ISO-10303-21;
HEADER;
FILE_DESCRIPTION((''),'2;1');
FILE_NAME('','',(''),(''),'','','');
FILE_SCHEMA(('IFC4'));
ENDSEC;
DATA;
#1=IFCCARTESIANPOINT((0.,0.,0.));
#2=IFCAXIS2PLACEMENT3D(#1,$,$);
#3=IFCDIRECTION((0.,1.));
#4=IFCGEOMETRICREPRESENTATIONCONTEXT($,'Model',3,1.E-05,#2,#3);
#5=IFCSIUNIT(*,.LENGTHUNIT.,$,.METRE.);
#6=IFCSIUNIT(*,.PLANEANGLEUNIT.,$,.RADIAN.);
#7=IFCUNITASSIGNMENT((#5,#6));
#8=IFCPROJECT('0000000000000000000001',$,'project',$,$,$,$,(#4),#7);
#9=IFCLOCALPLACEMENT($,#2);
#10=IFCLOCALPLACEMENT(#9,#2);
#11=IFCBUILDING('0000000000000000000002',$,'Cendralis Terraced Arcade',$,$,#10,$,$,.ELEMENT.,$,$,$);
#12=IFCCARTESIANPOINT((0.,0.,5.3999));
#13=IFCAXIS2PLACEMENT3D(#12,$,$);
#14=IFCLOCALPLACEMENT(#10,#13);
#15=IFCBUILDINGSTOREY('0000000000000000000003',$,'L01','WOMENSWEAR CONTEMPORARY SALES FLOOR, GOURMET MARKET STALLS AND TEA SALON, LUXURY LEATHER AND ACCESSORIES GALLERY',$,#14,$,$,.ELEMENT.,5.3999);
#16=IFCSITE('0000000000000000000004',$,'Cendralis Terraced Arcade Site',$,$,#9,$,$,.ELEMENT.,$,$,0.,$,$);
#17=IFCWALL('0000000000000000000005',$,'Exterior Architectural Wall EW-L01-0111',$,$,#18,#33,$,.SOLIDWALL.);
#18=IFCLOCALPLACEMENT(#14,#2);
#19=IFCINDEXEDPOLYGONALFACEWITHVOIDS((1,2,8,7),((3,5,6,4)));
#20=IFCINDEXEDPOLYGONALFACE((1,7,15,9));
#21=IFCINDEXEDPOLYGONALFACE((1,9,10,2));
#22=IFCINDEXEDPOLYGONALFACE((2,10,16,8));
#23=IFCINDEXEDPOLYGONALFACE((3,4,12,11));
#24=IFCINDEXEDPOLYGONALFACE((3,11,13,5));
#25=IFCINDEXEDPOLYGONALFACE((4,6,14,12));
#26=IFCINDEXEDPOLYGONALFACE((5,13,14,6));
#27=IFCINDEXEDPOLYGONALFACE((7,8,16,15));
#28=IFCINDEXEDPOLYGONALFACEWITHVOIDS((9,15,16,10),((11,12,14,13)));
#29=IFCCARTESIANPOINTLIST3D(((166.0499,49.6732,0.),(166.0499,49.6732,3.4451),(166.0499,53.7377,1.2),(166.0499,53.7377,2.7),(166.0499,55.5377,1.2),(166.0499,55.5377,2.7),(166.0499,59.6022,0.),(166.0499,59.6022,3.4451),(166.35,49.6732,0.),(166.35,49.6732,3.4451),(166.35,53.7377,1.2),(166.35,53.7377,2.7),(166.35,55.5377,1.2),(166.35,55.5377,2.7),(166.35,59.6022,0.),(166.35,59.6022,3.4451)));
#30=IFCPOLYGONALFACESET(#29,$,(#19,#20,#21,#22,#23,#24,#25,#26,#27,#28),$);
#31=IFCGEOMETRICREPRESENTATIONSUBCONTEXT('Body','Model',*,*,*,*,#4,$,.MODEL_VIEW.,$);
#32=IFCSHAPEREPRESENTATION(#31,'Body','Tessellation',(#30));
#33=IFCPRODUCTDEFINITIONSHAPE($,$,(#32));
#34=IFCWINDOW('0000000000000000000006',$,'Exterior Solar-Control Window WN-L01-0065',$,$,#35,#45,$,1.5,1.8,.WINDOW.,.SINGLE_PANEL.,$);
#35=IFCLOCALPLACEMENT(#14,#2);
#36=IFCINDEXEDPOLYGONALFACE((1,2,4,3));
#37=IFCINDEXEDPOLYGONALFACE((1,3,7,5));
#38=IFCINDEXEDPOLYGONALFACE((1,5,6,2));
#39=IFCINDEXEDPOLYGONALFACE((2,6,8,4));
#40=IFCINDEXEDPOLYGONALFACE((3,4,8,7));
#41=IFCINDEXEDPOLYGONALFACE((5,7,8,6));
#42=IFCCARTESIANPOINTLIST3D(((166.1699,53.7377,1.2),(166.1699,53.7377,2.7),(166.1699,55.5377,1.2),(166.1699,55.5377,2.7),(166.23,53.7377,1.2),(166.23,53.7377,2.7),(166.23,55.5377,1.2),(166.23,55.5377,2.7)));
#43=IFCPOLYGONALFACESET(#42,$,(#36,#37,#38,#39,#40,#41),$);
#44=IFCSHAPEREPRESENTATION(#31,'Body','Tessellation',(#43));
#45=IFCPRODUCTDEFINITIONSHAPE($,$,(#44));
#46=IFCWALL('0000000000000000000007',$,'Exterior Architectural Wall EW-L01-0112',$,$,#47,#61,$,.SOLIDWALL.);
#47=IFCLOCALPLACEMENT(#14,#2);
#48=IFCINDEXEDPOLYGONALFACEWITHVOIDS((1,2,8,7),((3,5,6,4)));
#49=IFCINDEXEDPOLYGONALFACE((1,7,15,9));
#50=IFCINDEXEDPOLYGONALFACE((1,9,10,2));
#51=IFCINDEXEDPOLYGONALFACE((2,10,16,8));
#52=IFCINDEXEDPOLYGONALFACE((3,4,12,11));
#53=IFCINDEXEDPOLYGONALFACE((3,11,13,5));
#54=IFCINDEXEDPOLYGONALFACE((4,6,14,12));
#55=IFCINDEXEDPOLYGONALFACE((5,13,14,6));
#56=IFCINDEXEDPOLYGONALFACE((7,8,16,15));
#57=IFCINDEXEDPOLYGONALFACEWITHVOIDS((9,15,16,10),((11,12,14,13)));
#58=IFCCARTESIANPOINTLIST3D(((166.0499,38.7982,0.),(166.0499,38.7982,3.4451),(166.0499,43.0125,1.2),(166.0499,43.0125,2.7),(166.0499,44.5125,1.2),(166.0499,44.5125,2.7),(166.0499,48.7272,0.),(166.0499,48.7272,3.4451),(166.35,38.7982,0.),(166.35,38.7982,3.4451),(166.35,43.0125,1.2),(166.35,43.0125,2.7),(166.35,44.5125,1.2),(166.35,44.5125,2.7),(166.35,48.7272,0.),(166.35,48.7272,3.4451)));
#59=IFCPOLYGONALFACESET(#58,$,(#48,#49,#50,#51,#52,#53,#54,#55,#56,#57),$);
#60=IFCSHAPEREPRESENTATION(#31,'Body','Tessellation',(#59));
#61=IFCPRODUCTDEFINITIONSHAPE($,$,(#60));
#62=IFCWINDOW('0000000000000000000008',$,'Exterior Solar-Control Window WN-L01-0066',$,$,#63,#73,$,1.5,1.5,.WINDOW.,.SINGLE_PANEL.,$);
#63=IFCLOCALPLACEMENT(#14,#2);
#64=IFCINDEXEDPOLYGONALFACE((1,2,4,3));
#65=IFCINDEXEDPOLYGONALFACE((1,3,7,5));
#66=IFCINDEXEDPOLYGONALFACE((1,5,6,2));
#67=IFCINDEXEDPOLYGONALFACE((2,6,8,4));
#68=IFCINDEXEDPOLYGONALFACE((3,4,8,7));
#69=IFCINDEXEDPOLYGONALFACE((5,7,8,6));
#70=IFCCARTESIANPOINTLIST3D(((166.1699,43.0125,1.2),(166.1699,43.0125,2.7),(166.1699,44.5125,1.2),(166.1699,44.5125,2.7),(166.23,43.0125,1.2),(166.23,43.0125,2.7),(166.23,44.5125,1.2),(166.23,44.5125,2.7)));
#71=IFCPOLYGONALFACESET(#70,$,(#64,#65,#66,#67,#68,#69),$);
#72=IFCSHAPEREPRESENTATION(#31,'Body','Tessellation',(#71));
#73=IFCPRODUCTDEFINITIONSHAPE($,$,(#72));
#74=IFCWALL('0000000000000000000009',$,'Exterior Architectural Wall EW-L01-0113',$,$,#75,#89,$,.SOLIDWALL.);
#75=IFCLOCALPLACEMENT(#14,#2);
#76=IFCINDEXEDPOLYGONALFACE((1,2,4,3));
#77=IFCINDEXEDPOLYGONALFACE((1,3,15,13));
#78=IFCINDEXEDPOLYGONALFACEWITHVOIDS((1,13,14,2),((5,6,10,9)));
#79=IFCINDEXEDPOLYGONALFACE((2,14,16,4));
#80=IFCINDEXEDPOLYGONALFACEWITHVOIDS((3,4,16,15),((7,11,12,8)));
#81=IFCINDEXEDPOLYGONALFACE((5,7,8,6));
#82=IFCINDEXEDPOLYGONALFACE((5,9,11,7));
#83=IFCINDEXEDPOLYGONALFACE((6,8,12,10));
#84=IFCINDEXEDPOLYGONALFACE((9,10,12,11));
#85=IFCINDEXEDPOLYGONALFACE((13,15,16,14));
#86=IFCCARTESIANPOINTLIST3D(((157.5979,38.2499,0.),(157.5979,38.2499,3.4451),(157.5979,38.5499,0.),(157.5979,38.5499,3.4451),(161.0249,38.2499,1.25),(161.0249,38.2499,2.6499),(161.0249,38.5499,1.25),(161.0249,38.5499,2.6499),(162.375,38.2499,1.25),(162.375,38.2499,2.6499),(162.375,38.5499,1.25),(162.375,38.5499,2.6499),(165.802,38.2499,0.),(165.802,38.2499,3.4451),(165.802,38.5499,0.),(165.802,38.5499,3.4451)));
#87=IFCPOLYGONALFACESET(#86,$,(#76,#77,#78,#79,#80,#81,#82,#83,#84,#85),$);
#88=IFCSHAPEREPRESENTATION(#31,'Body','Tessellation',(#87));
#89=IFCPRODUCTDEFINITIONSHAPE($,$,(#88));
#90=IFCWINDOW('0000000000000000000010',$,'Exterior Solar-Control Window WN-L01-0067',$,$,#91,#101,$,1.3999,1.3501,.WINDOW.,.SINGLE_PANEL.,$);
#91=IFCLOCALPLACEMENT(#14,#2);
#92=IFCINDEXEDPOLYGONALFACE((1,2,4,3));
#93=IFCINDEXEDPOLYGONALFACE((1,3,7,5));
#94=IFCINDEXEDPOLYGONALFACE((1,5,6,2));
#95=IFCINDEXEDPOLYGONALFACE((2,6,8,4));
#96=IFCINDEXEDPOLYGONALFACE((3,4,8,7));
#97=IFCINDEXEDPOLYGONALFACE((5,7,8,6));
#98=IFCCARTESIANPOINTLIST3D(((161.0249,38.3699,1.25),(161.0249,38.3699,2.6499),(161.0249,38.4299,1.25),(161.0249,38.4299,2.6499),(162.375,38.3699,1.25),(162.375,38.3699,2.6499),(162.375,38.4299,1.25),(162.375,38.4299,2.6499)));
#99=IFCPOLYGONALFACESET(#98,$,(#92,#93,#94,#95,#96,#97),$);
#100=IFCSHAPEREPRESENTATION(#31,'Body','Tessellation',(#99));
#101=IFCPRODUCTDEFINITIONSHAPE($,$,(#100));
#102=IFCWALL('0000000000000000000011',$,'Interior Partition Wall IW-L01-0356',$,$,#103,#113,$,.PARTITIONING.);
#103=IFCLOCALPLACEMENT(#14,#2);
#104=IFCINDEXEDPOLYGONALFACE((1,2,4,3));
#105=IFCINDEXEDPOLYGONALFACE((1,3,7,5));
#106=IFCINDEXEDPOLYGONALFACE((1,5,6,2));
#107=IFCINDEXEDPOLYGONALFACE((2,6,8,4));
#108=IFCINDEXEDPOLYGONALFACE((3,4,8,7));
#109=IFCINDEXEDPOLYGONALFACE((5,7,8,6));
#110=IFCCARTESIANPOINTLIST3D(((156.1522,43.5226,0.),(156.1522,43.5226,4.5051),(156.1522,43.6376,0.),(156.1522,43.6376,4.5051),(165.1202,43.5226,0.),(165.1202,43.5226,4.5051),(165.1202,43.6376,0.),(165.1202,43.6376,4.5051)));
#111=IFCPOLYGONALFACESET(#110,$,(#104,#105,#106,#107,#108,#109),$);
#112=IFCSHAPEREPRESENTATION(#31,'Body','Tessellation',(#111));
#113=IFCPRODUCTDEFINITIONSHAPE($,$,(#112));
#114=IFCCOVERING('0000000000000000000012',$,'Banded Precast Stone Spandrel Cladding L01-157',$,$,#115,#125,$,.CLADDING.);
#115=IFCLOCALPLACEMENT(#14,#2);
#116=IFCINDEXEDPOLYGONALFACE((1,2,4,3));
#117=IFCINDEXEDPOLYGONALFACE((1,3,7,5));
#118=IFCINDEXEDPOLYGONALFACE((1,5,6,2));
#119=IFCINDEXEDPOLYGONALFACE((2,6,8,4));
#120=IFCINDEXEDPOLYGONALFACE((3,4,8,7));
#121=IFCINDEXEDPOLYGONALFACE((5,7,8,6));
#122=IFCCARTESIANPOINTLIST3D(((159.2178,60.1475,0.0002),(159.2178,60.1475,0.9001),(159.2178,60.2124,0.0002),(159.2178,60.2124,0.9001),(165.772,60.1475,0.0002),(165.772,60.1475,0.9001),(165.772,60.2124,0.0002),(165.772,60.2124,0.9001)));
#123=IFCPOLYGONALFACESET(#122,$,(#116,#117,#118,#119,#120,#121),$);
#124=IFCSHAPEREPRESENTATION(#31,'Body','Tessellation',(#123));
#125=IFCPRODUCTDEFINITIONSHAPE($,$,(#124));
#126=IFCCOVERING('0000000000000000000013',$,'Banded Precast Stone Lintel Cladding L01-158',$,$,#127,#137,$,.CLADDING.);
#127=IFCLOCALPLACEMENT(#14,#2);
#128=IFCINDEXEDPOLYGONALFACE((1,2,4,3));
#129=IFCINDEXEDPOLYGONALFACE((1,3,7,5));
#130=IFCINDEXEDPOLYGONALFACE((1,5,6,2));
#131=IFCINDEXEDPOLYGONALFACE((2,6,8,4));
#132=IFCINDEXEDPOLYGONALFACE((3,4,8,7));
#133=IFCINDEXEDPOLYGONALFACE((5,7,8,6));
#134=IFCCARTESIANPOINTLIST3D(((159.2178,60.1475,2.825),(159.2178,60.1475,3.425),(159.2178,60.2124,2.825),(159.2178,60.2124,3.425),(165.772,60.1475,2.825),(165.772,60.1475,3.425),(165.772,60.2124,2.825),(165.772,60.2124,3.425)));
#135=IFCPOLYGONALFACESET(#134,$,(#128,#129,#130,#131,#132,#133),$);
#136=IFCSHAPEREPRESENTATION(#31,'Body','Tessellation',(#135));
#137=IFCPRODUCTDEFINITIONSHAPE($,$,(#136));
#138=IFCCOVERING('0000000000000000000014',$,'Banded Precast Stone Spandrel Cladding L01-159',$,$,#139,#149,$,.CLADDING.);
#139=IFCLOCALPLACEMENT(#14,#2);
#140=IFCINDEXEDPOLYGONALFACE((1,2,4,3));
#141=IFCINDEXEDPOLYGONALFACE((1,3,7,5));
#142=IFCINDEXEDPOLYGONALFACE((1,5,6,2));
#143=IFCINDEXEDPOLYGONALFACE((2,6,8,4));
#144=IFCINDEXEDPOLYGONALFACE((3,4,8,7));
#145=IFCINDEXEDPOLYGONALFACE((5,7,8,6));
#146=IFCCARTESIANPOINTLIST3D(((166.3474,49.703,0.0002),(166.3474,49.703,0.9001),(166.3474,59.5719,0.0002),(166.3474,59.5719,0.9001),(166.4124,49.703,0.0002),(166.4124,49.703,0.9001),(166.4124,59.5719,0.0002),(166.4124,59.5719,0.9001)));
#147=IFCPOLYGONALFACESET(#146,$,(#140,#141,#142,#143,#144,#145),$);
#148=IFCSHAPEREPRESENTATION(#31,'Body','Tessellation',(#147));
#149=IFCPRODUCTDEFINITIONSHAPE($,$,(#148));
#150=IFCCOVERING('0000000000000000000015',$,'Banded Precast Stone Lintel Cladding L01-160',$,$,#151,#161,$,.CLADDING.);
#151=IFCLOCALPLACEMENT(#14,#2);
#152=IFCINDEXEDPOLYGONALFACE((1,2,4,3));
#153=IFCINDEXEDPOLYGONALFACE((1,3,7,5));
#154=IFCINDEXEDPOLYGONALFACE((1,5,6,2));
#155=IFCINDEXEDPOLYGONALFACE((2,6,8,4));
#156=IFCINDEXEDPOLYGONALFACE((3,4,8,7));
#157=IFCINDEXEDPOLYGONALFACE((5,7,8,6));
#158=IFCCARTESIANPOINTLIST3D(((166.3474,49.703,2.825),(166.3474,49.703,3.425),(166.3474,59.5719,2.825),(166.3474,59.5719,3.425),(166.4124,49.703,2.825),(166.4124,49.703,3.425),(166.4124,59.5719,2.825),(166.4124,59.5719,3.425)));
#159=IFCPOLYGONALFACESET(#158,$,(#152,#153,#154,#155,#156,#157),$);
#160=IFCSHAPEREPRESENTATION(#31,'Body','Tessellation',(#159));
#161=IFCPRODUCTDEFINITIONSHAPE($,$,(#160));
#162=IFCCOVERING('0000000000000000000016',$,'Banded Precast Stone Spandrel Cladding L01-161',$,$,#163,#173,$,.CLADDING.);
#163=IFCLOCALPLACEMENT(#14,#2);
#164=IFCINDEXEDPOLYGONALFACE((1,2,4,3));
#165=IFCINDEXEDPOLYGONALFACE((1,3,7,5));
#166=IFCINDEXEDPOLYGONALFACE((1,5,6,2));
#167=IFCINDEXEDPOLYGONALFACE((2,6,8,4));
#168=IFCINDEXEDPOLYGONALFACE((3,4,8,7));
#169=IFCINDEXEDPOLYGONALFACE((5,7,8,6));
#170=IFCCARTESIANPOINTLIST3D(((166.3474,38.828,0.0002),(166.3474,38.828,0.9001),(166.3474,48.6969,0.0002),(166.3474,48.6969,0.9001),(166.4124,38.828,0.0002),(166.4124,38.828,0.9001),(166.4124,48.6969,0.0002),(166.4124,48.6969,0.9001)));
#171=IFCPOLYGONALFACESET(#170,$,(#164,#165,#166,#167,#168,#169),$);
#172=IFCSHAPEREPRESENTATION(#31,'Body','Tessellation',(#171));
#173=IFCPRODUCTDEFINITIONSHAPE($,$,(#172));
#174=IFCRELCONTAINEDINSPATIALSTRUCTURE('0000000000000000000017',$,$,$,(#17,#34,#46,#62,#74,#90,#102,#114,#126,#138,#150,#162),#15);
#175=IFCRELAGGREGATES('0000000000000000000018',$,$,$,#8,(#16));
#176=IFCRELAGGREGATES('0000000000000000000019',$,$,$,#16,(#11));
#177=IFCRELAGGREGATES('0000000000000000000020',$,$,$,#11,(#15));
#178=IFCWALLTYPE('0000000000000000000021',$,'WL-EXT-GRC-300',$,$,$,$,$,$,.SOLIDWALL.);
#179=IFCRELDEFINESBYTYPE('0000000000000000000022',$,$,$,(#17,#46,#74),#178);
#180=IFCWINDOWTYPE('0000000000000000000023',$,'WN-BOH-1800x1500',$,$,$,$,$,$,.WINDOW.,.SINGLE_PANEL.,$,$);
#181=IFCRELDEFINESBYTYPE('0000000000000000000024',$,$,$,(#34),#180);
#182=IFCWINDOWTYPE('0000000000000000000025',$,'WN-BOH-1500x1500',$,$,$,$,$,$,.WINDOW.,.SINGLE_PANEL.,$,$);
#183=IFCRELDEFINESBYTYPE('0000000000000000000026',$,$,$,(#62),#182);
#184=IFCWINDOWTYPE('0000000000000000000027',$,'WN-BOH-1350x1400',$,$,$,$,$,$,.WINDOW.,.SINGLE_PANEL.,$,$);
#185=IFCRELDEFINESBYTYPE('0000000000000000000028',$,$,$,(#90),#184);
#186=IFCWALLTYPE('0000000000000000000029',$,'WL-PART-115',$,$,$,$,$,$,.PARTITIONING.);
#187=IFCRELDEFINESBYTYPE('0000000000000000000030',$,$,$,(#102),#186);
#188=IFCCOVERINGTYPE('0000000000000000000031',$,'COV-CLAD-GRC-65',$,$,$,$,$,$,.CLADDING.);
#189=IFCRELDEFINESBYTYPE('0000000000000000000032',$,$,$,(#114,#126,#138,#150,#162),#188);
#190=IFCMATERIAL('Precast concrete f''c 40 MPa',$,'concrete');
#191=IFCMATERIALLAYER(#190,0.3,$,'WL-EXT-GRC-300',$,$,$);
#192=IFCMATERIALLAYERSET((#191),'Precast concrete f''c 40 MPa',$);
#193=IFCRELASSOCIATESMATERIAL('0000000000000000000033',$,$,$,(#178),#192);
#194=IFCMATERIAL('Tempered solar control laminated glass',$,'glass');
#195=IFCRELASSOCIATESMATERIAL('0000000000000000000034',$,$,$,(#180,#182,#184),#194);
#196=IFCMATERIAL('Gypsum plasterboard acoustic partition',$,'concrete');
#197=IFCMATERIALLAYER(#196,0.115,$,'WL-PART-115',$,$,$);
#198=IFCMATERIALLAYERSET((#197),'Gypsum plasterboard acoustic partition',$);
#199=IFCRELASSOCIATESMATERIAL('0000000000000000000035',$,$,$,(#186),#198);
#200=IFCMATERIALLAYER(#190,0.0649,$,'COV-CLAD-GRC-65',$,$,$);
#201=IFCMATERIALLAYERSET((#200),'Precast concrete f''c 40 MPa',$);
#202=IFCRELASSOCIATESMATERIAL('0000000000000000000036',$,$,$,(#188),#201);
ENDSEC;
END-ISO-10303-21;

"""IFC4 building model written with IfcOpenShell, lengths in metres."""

from ifc_helpers import new_model, si_unit, direction, frame, frame_2d, origin, origin_2d, place, context, subcontext, project, spatial, rectangle, extrude, material, layer, layer_set, type_object, element, fill, save


model = new_model("IFC4")

# Units and contexts
model_context = context("Model", 3, precision=1e-05, world=origin(), true_north=direction((0.0, 1.0)))
body_context = subcontext(model_context, "Body", "Model", "MODEL_VIEW")
ifc_project = project(units=[si_unit("LENGTHUNIT", "METRE"), si_unit("PLANEANGLEUNIT", "RADIAN")], contexts=[model_context])

# Site, building, storey
site_placement = place(None, origin())
site = spatial("IfcSite", under=ifc_project, at=site_placement, Name="Cendralis Terraced Arcade Site", CompositionType="ELEMENT", RefElevation=0.0)
building_placement = place(site_placement, origin())
building = spatial("IfcBuilding", under=site, at=building_placement, Name="Cendralis Terraced Arcade", CompositionType="ELEMENT")
storey_placement = place(building_placement, frame((0.0, 0.0, 5.3999)))
storey = spatial("IfcBuildingStorey", under=building, at=storey_placement, Name="L01", Description="WOMENSWEAR CONTEMPORARY SALES FLOOR, GOURMET MARKET STALLS AND TEA SALON, LUXURY LEATHER AND ACCESSORIES GALLERY", CompositionType="ELEMENT", Elevation=5.3999)

# Shared definitions
ifc_material_1 = material(Name="Tempered solar control laminated glass", Category="glass")

# Walls, openings, windows
ifc_material_2 = material(Name="Precast concrete f'c 40 MPa", Category="concrete")
ifc_layer_1 = layer(ifc_material_2, 0.3, Name="WL-EXT-GRC-300")
ifc_layer_set_1 = layer_set([ifc_layer_1], Name="Precast concrete f'c 40 MPa")
wall_type_1 = type_object("IfcWallType", Name="WL-EXT-GRC-300", PredefinedType="SOLIDWALL", material=ifc_layer_set_1)
wall_1_placement = place(storey_placement, frame((166.2, 59.6021, 0.0), z_axis=(0.0, 0.0, 1.0), x_axis=(0.0, -1.0, 0.0)))
wall_1 = element("IfcWall", 1, at=wall_1_placement, inside=storey, type_object=wall_type_1, Name="Exterior Architectural Wall EW-L01-0111", PredefinedType="SOLIDWALL", context=body_context, shape_type="SweptSolid", body=[
    extrude(rectangle(XDim=9.929, YDim=0.3, at=frame_2d((4.9644, 0.0))), origin(), (0.0, 0.0, 1.0), 3.4451),
])
opening_1_placement = place(wall_1_placement, frame((4.0645, 0.0, 1.2)))
opening_1 = element("IfcOpeningElement", 2, at=opening_1_placement, cuts=wall_1, PredefinedType="OPENING", context=body_context, shape_type="SweptSolid", body=[
    extrude(rectangle(XDim=1.8, YDim=1.5, at=frame_2d((0.8999, 0.75))), frame((0.0, 0.1621, 0.0), z_axis=(0.0, -1.0, 0.0), x_axis=(1.0, 0.0, 0.0)), (0.0, 0.0, 1.0), 0.324),
])
window_type_1 = type_object("IfcWindowType", Name="WN-BOH-1800x1500", PartitioningType="SINGLE_PANEL", PredefinedType="WINDOW", material=ifc_material_1)
window_1_placement = place(opening_1_placement, origin())
window_1 = element("IfcWindow", 3, at=window_1_placement, inside=storey, type_object=window_type_1, Name="Exterior Solar-Control Window WN-L01-0065", OverallHeight=1.5, OverallWidth=1.8, PartitioningType="SINGLE_PANEL", PredefinedType="WINDOW", context=body_context, shape_type="SweptSolid", body=[
    extrude(rectangle(XDim=1.8, YDim=1.5, at=frame_2d((0.8999, 0.75))), frame((0.0, 0.03, 0.0), z_axis=(0.0, -1.0, 0.0), x_axis=(1.0, 0.0, 0.0)), (0.0, 0.0, 1.0), 0.0601),
])
fill(opening_1, window_1)
wall_2_placement = place(storey_placement, frame((166.2, 48.7271, 0.0), z_axis=(0.0, 0.0, 1.0), x_axis=(0.0, -1.0, 0.0)))
wall_2 = element("IfcWall", 4, at=wall_2_placement, inside=storey, type_object=wall_type_1, Name="Exterior Architectural Wall EW-L01-0112", PredefinedType="SOLIDWALL", context=body_context, shape_type="SweptSolid", body=[
    extrude(rectangle(XDim=9.929, YDim=0.3, at=frame_2d((4.9644, 0.0))), origin(), (0.0, 0.0, 1.0), 3.4451),
])
opening_2_placement = place(wall_2_placement, frame((4.2146, 0.0, 1.2)))
opening_2 = element("IfcOpeningElement", 5, at=opening_2_placement, cuts=wall_2, PredefinedType="OPENING", context=body_context, shape_type="SweptSolid", body=[
    extrude(rectangle(XDim=1.5, YDim=1.5, at=frame_2d((0.75, 0.75))), frame((0.0, 0.1621, 0.0), z_axis=(0.0, -1.0, 0.0), x_axis=(1.0, 0.0, 0.0)), (0.0, 0.0, 1.0), 0.324),
])
window_type_2 = type_object("IfcWindowType", Name="WN-BOH-1500x1500", PartitioningType="SINGLE_PANEL", PredefinedType="WINDOW", material=ifc_material_1)
window_2_placement = place(opening_2_placement, origin())
window_2 = element("IfcWindow", 6, at=window_2_placement, inside=storey, type_object=window_type_2, Name="Exterior Solar-Control Window WN-L01-0066", OverallHeight=1.5, OverallWidth=1.5, PartitioningType="SINGLE_PANEL", PredefinedType="WINDOW", context=body_context, shape_type="SweptSolid", body=[
    extrude(rectangle(XDim=1.5, YDim=1.5, at=frame_2d((0.75, 0.75))), frame((0.0, 0.03, 0.0), z_axis=(0.0, -1.0, 0.0), x_axis=(1.0, 0.0, 0.0)), (0.0, 0.0, 1.0), 0.0601),
])
fill(opening_2, window_2)
wall_3_placement = place(storey_placement, frame((165.802, 38.3999, 0.0), z_axis=(0.0, 0.0, 1.0), x_axis=(-1.0, 0.0, 0.0)))
wall_3 = element("IfcWall", 7, at=wall_3_placement, inside=storey, type_object=wall_type_1, Name="Exterior Architectural Wall EW-L01-0113", PredefinedType="SOLIDWALL", context=body_context, shape_type="SweptSolid", body=[
    extrude(rectangle(XDim=8.2041, YDim=0.3, at=frame_2d((4.1021, 0.0))), origin(), (0.0, 0.0, 1.0), 3.4451),
])
opening_3_placement = place(wall_3_placement, frame((3.427, 0.0, 1.25)))
opening_3 = element("IfcOpeningElement", 8, at=opening_3_placement, cuts=wall_3, PredefinedType="OPENING", context=body_context, shape_type="SweptSolid", body=[
    extrude(rectangle(XDim=1.3501, YDim=1.3999, at=frame_2d((0.675, 0.7))), frame((0.0, 0.1621, 0.0), z_axis=(0.0, -1.0, 0.0), x_axis=(1.0, 0.0, 0.0)), (0.0, 0.0, 1.0), 0.324),
])
window_type_3 = type_object("IfcWindowType", Name="WN-BOH-1350x1400", PartitioningType="SINGLE_PANEL", PredefinedType="WINDOW", material=ifc_material_1)
window_3_placement = place(opening_3_placement, origin())
window_3 = element("IfcWindow", 9, at=window_3_placement, inside=storey, type_object=window_type_3, Name="Exterior Solar-Control Window WN-L01-0067", OverallHeight=1.3999, OverallWidth=1.3501, PartitioningType="SINGLE_PANEL", PredefinedType="WINDOW", context=body_context, shape_type="SweptSolid", body=[
    extrude(rectangle(XDim=1.3501, YDim=1.3999, at=frame_2d((0.675, 0.7))), frame((0.0, 0.03, 0.0), z_axis=(0.0, -1.0, 0.0), x_axis=(1.0, 0.0, 0.0)), (0.0, 0.0, 1.0), 0.0601),
])
fill(opening_3, window_3)

# Wall
ifc_material_3 = material(Name="Gypsum plasterboard acoustic partition", Category="concrete")
ifc_layer_2 = layer(ifc_material_3, 0.115, Name="WL-PART-115")
ifc_layer_set_2 = layer_set([ifc_layer_2], Name="Gypsum plasterboard acoustic partition")
wall_type_2 = type_object("IfcWallType", Name="WL-PART-115", PredefinedType="PARTITIONING", material=ifc_layer_set_2)
wall_4_placement = place(storey_placement, frame((165.1201, 43.5801, 0.0), z_axis=(0.0, 0.0, 1.0), x_axis=(-1.0, 0.0, 0.0)))
element("IfcWall", 10, at=wall_4_placement, inside=storey, type_object=wall_type_2, Name="Interior Partition Wall IW-L01-0356", PredefinedType="PARTITIONING", context=body_context, shape_type="SweptSolid", body=[
    extrude(rectangle(XDim=8.968, YDim=0.115, at=frame_2d((4.4839, 0.0))), origin(), (0.0, 0.0, 1.0), 4.5051),
])

# Coverings
ifc_layer_3 = layer(ifc_material_2, 0.0649, Name="COV-CLAD-GRC-65")
ifc_layer_set_3 = layer_set([ifc_layer_3], Name="Precast concrete f'c 40 MPa")
covering_type = type_object("IfcCoveringType", Name="COV-CLAD-GRC-65", PredefinedType="CLADDING", material=ifc_layer_set_3)
covering_1_placement = place(storey_placement, frame((162.4949, 60.1799, 0.0002), z_axis=(0.0, 0.0, 1.0), x_axis=(1.0, 0.0, 0.0)))
element("IfcCovering", 11, at=covering_1_placement, inside=storey, type_object=covering_type, Name="Banded Precast Stone Spandrel Cladding L01-157", PredefinedType="CLADDING", context=body_context, shape_type="SweptSolid", body=[
    extrude(rectangle(XDim=6.5542, YDim=0.0649, at=origin_2d()), origin(), (0.0, 0.0, 1.0), 0.8999),
])
covering_2_placement = place(storey_placement, frame((162.4949, 60.1799, 2.825), z_axis=(0.0, 0.0, 1.0), x_axis=(1.0, 0.0, 0.0)))
element("IfcCovering", 12, at=covering_2_placement, inside=storey, type_object=covering_type, Name="Banded Precast Stone Lintel Cladding L01-158", PredefinedType="CLADDING", context=body_context, shape_type="SweptSolid", body=[
    extrude(rectangle(XDim=6.5542, YDim=0.0649, at=origin_2d()), origin(), (0.0, 0.0, 1.0), 0.6001),
])
covering_3_placement = place(storey_placement, frame((166.3799, 54.6375, 0.0002), z_axis=(0.0, 0.0, 1.0), x_axis=(0.0, -1.0, 0.0)))
element("IfcCovering", 13, at=covering_3_placement, inside=storey, type_object=covering_type, Name="Banded Precast Stone Spandrel Cladding L01-159", PredefinedType="CLADDING", context=body_context, shape_type="SweptSolid", body=[
    extrude(rectangle(XDim=9.8689, YDim=0.0649, at=origin_2d()), origin(), (0.0, 0.0, 1.0), 0.8999),
])
covering_4_placement = place(storey_placement, frame((166.3799, 54.6375, 2.825), z_axis=(0.0, 0.0, 1.0), x_axis=(0.0, -1.0, 0.0)))
element("IfcCovering", 14, at=covering_4_placement, inside=storey, type_object=covering_type, Name="Banded Precast Stone Lintel Cladding L01-160", PredefinedType="CLADDING", context=body_context, shape_type="SweptSolid", body=[
    extrude(rectangle(XDim=9.8689, YDim=0.0649, at=origin_2d()), origin(), (0.0, 0.0, 1.0), 0.6001),
])
covering_5_placement = place(storey_placement, frame((166.3799, 43.7625, 0.0002), z_axis=(0.0, 0.0, 1.0), x_axis=(0.0, -1.0, 0.0)))
element("IfcCovering", 15, at=covering_5_placement, inside=storey, type_object=covering_type, Name="Banded Precast Stone Spandrel Cladding L01-161", PredefinedType="CLADDING", context=body_context, shape_type="SweptSolid", body=[
    extrude(rectangle(XDim=9.8689, YDim=0.0649, at=origin_2d()), origin(), (0.0, 0.0, 1.0), 0.8999),
])

save(model, "model.ifc")
